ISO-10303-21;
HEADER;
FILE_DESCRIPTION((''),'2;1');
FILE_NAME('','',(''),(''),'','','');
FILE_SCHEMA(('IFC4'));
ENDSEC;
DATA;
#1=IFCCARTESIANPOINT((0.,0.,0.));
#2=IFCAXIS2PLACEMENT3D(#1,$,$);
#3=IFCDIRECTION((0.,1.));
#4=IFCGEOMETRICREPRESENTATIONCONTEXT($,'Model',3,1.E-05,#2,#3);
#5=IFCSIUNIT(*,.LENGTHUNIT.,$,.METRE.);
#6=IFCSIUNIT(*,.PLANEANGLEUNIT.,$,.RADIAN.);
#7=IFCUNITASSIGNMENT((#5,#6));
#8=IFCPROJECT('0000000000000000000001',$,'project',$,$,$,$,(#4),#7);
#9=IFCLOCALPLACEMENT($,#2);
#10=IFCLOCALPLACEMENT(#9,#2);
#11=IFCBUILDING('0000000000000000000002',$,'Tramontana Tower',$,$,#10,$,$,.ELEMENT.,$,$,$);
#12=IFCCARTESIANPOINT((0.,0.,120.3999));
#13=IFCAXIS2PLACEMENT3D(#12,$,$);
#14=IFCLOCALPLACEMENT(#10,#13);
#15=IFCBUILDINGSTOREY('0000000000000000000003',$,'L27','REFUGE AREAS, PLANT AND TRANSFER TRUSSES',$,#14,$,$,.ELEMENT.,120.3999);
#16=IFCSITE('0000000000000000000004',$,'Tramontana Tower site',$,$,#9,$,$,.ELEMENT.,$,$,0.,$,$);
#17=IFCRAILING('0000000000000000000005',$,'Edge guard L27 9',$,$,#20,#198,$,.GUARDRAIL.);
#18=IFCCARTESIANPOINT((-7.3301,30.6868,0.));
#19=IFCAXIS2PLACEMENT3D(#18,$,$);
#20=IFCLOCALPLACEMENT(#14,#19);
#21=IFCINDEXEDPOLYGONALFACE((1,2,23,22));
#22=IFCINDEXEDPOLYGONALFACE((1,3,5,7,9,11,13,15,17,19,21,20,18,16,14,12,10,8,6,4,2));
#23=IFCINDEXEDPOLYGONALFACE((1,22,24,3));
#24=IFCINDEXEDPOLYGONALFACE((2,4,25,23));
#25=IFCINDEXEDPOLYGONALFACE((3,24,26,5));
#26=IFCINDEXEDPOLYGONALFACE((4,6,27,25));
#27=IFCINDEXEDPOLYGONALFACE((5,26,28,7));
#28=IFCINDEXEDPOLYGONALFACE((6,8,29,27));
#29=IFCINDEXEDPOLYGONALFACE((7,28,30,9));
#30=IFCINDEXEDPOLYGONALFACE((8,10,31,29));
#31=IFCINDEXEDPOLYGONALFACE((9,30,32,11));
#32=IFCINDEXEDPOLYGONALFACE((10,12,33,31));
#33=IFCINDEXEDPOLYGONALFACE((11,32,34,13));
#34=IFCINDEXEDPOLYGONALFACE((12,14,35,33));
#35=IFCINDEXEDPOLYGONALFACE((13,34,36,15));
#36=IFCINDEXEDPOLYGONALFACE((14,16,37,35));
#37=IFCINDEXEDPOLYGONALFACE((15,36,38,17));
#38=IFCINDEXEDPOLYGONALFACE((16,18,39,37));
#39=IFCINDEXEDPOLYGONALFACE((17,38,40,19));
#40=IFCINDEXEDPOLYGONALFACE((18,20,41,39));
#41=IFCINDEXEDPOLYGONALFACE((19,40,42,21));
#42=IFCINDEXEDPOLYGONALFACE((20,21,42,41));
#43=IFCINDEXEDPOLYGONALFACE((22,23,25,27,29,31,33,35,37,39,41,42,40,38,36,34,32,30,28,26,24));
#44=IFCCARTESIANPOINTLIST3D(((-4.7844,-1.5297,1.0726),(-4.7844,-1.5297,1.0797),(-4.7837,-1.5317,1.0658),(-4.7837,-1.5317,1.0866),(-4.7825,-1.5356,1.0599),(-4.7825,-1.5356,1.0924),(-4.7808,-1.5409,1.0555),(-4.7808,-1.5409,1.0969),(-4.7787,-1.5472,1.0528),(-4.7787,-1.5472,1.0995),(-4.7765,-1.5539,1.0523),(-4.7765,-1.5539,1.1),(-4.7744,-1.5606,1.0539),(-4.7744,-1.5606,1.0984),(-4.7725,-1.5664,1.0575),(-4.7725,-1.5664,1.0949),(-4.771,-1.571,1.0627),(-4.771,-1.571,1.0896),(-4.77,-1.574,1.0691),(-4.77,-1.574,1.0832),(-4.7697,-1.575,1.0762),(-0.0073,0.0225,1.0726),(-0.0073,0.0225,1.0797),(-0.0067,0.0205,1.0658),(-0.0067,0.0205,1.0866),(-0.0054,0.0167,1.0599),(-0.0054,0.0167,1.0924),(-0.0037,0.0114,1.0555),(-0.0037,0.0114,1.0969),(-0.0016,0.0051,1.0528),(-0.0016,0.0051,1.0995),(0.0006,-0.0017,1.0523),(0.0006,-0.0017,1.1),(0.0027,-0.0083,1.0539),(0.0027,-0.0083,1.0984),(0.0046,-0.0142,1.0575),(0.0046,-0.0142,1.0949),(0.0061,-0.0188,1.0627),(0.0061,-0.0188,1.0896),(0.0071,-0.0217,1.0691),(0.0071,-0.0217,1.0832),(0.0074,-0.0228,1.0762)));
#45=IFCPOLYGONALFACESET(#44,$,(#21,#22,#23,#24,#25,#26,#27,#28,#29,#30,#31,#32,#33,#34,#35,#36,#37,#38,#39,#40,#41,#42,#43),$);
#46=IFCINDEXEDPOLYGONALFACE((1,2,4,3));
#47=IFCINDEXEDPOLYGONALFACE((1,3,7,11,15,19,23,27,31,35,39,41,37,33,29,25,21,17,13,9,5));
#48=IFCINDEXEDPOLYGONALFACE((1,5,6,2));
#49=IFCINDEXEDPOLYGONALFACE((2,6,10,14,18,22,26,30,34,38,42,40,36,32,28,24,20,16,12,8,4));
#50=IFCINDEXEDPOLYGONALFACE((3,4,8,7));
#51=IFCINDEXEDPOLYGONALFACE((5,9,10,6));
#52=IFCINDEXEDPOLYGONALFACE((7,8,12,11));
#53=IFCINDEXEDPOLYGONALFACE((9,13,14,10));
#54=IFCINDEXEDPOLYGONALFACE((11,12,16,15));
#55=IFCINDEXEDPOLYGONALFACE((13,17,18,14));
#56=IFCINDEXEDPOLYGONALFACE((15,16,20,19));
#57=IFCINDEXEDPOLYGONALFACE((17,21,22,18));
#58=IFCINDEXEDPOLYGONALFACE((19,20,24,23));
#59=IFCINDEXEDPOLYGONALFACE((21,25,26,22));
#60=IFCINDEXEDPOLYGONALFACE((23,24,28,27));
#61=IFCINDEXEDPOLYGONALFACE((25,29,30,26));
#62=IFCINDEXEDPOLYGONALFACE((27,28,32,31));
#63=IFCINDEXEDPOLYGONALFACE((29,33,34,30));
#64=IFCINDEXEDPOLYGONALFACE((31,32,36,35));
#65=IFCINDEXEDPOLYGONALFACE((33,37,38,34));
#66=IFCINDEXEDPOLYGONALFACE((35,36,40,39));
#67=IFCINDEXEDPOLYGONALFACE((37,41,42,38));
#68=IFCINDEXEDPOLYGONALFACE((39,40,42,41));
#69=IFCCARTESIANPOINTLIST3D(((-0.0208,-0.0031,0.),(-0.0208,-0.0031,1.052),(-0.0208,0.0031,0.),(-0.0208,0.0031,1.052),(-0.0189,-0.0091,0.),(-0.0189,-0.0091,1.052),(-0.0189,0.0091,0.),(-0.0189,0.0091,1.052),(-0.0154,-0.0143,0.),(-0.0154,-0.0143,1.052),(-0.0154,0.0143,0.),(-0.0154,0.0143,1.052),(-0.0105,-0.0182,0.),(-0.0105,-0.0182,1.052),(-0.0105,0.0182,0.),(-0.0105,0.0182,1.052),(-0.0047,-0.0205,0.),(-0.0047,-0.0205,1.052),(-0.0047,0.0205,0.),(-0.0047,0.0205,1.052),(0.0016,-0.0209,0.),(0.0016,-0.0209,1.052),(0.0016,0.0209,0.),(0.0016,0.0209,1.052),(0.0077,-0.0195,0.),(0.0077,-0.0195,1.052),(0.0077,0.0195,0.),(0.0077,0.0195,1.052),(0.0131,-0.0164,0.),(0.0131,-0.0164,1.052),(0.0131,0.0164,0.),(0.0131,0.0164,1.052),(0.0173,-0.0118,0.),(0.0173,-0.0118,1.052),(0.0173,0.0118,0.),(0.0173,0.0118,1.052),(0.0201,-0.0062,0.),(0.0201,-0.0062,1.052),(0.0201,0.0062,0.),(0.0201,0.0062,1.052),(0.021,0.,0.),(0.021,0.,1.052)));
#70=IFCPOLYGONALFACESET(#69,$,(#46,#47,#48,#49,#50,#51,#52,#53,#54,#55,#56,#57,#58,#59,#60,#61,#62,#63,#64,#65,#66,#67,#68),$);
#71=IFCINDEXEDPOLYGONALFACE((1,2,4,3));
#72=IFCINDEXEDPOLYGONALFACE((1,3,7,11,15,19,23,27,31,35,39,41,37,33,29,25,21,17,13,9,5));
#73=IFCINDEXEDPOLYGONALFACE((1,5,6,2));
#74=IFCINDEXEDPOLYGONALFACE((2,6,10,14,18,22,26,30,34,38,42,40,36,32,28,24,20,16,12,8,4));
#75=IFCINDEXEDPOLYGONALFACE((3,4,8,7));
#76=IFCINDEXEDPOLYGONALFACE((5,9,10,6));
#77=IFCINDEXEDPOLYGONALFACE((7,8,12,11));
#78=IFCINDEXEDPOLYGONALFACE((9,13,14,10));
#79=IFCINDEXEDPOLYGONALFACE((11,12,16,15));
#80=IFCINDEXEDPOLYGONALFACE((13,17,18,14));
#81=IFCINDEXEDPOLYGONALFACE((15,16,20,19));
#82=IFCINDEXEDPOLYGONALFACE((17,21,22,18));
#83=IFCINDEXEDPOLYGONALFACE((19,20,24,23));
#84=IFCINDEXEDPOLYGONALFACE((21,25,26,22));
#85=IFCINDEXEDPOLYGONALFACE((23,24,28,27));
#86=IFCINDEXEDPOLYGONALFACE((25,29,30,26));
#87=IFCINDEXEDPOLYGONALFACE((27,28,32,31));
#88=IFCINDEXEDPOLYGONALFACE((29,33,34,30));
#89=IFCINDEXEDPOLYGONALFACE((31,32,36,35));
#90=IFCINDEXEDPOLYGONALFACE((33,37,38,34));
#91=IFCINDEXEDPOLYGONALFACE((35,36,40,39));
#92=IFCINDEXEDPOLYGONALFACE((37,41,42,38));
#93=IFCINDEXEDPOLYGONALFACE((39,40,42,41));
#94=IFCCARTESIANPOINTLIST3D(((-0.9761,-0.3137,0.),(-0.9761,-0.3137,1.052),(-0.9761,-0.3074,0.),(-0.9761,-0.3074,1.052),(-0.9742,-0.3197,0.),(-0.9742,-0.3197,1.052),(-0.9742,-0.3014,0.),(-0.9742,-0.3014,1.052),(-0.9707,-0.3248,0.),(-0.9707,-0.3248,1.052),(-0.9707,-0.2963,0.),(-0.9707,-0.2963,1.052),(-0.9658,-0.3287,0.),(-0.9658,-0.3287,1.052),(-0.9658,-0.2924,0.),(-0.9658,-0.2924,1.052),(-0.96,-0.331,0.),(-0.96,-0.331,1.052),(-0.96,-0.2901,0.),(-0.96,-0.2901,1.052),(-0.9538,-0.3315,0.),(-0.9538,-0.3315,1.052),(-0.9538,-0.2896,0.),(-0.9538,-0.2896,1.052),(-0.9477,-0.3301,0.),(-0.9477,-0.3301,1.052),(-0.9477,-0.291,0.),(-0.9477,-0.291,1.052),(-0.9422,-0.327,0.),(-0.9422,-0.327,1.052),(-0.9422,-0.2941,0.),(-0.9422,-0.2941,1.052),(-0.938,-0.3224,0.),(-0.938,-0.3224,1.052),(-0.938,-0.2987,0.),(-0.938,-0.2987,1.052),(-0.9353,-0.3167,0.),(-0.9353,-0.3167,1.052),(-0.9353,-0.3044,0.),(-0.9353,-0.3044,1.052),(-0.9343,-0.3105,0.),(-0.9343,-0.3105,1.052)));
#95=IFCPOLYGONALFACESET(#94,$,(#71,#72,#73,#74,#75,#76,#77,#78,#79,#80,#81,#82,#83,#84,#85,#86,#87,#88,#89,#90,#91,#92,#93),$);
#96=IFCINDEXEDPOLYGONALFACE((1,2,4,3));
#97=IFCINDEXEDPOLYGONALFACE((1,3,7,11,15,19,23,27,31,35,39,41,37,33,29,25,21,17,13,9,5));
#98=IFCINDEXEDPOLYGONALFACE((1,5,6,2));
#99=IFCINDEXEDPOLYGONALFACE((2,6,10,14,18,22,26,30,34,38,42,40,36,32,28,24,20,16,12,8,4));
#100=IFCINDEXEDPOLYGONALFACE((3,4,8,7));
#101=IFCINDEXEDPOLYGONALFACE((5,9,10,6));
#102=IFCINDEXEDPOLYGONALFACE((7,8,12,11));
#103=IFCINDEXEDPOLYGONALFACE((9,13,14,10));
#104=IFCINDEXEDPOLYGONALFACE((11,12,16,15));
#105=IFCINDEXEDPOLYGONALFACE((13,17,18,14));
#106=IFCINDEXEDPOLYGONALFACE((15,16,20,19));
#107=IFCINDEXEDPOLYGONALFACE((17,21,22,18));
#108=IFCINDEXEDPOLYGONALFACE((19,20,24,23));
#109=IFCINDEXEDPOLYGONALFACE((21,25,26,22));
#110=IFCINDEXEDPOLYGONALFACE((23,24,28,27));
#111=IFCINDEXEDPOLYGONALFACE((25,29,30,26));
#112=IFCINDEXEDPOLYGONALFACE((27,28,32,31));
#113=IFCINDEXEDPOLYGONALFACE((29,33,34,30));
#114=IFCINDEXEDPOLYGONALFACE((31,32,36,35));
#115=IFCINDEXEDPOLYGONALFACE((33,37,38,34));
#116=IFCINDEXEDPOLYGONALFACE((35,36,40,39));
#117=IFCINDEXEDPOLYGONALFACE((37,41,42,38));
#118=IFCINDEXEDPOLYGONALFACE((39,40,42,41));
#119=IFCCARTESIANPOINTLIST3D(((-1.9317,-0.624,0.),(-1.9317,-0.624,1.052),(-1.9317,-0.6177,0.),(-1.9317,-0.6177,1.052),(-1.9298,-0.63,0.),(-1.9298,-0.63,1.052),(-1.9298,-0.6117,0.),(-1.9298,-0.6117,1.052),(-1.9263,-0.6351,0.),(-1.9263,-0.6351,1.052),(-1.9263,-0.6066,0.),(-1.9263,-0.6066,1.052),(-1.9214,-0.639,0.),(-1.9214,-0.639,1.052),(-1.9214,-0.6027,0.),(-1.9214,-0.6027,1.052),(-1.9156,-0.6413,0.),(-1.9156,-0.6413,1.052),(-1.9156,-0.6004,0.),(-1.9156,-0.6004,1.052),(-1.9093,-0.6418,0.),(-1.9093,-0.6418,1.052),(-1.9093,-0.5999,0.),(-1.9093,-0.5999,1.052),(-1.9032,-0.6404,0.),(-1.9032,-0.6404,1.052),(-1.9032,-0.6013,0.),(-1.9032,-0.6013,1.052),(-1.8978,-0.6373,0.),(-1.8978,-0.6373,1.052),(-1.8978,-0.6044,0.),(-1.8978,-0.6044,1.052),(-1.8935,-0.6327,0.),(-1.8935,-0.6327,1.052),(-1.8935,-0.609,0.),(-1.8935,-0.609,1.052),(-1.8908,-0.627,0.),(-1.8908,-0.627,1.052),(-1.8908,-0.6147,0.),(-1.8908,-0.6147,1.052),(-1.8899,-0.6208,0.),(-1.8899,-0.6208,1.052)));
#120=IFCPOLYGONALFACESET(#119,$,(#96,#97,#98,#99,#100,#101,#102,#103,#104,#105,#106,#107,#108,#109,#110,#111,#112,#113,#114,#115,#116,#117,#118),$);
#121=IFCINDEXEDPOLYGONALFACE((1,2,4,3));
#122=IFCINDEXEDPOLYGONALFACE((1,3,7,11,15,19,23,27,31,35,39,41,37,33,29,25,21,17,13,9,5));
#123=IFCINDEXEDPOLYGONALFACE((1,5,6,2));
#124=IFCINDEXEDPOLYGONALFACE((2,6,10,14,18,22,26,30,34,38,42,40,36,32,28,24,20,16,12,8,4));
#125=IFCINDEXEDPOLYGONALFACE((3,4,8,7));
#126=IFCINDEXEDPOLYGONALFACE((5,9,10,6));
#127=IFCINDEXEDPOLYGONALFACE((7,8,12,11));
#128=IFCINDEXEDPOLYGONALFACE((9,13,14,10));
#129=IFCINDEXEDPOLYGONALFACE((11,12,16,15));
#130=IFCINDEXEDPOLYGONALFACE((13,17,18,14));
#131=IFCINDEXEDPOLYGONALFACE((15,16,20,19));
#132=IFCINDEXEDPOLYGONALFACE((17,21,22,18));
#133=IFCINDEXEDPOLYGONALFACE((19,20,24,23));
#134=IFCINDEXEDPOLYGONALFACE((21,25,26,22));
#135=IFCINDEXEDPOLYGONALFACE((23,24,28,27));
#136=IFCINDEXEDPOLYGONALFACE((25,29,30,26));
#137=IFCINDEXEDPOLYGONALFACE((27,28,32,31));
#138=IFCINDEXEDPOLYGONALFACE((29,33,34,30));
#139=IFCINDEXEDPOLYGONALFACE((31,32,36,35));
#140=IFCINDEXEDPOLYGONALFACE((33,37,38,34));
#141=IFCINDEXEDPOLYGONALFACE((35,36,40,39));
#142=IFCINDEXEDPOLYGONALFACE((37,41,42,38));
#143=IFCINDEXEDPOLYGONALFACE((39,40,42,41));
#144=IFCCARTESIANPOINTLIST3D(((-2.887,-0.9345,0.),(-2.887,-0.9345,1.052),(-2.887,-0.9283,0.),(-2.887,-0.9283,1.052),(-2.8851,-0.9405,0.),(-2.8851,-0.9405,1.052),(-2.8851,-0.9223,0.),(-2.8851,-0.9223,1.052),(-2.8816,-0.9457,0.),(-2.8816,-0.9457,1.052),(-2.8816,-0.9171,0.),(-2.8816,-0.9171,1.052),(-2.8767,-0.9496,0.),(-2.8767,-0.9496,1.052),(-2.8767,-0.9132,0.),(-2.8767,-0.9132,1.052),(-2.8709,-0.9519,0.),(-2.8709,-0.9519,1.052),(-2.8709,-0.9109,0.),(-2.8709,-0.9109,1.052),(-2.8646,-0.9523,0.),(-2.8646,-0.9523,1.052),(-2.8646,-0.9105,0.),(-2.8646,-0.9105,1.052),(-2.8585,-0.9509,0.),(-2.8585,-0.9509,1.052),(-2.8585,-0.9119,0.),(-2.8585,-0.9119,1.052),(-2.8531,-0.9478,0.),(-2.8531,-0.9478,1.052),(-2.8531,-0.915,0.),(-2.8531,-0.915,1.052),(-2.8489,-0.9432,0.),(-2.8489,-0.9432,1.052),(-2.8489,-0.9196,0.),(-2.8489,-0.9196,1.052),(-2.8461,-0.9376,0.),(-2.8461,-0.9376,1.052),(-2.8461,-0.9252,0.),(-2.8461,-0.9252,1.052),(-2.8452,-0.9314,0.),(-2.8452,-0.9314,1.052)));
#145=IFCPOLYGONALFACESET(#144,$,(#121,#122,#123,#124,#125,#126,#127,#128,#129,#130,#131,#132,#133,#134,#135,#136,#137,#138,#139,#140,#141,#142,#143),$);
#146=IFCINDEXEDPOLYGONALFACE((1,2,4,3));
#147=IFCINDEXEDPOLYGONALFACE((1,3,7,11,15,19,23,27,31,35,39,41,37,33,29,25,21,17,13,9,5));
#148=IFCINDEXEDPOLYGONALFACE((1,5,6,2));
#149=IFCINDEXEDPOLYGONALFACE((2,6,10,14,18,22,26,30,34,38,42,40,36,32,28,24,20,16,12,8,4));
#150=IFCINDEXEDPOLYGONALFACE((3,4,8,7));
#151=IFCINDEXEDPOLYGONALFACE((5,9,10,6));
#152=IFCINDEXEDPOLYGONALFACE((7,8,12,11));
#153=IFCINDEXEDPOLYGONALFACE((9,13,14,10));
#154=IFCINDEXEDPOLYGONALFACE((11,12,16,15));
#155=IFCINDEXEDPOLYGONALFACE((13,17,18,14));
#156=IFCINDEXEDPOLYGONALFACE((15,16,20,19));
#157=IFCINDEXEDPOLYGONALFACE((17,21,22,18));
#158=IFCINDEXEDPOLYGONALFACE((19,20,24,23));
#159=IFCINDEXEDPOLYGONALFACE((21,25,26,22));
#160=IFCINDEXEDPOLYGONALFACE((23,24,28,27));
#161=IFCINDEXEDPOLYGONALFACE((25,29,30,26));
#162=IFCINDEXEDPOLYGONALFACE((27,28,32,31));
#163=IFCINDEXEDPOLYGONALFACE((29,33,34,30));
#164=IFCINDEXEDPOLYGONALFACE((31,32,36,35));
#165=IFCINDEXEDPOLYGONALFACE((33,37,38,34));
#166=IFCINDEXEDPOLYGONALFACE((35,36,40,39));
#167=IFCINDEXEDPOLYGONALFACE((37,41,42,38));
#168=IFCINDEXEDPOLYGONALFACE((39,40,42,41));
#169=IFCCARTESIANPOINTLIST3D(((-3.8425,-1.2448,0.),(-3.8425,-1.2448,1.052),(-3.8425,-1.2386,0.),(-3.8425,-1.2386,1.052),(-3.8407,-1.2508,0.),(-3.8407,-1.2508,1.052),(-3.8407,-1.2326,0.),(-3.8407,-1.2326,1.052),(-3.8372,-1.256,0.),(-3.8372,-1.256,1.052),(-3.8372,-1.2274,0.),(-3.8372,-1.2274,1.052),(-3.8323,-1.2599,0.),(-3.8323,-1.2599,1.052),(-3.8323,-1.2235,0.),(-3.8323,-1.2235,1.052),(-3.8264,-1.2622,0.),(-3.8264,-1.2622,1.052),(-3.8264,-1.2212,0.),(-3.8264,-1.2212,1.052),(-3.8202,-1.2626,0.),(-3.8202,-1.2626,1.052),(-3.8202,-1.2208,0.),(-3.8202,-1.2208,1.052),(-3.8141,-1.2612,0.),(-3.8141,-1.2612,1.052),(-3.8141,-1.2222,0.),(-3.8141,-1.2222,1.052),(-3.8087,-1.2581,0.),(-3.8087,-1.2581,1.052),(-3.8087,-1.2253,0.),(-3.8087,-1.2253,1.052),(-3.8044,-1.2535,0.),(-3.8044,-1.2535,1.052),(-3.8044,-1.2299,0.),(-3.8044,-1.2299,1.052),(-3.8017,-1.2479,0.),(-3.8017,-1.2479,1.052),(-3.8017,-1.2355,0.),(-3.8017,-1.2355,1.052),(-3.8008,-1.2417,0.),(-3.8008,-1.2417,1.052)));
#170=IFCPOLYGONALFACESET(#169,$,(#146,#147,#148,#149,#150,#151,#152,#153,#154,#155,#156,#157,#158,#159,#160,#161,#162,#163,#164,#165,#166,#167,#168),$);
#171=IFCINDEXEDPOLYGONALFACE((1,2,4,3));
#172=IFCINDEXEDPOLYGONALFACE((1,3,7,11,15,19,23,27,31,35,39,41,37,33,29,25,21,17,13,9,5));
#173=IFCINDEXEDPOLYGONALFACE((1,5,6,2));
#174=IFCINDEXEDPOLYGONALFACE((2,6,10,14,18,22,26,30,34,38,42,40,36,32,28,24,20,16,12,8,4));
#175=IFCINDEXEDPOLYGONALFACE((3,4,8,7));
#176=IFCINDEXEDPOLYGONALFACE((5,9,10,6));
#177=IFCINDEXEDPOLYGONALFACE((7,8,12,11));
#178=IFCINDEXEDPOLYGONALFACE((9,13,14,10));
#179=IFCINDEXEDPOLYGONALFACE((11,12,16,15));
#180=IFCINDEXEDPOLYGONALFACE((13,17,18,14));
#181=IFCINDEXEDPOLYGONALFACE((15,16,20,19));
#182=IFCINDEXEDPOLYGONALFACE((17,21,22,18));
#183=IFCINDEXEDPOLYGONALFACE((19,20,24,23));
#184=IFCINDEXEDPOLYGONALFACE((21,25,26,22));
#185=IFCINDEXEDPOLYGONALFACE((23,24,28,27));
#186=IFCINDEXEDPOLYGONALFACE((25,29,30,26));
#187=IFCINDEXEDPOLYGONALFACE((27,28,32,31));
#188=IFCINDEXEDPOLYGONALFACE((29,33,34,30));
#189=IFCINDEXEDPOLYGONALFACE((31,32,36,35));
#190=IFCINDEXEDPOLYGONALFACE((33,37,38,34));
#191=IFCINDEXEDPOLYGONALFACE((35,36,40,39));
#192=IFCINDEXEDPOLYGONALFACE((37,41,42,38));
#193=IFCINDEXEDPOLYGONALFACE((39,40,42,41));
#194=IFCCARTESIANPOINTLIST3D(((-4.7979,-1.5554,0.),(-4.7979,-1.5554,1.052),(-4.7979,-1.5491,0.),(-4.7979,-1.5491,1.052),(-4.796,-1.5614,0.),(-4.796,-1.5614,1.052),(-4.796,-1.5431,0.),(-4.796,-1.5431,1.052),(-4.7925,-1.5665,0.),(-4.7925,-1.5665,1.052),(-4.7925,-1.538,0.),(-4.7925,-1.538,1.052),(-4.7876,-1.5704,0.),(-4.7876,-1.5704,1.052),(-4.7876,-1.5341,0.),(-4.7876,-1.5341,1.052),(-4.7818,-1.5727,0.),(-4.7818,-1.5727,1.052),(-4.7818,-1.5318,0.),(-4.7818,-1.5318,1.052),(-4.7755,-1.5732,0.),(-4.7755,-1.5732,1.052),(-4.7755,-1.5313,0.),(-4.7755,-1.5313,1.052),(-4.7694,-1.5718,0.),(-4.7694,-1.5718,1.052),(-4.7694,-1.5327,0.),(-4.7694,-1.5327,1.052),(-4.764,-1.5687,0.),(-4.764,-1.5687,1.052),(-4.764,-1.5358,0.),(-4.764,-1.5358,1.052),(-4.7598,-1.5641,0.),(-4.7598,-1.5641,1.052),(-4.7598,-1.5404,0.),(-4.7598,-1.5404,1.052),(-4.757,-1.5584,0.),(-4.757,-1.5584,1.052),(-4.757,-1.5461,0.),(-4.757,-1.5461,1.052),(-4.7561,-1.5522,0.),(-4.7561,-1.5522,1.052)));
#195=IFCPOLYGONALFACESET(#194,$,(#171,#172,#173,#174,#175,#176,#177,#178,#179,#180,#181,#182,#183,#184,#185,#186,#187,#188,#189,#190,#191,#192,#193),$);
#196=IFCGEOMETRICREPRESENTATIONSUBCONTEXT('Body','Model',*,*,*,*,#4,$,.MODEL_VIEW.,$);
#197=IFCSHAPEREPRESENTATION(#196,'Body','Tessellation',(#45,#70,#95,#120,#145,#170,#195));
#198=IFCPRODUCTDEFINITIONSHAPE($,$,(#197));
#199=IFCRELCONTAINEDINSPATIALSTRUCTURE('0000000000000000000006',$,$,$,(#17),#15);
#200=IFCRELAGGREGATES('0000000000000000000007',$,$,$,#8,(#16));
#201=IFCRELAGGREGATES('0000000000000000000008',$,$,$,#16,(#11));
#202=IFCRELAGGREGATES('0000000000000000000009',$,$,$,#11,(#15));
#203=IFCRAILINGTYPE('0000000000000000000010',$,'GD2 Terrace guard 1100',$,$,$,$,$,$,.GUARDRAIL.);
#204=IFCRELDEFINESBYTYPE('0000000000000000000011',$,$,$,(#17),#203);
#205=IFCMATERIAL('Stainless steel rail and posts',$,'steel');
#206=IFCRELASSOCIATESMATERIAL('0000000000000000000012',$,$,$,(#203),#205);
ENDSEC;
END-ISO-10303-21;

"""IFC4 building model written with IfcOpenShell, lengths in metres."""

from ifc_helpers import new_model, si_unit, direction, frame, origin, origin_2d, place, context, subcontext, project, spatial, circle, extrude, material, type_object, element, save


model = new_model("IFC4")

# Units and contexts
model_context = context("Model", 3, precision=1e-05, world=origin(), true_north=direction((0.0, 1.0)))
body_context = subcontext(model_context, "Body", "Model", "MODEL_VIEW")
ifc_project = project(units=[si_unit("LENGTHUNIT", "METRE"), si_unit("PLANEANGLEUNIT", "RADIAN")], contexts=[model_context])

# Site, building, storey
site_placement = place(None, origin())
site = spatial("IfcSite", under=ifc_project, at=site_placement, Name="Tramontana Tower site", CompositionType="ELEMENT", RefElevation=0.0)
building_placement = place(site_placement, origin())
building = spatial("IfcBuilding", under=site, at=building_placement, Name="Tramontana Tower", CompositionType="ELEMENT")
storey_placement = place(building_placement, frame((0.0, 0.0, 120.3999)))
storey = spatial("IfcBuildingStorey", under=building, at=storey_placement, Name="L27", Description="REFUGE AREAS, PLANT AND TRANSFER TRUSSES", CompositionType="ELEMENT", Elevation=120.3999)

# Railing
ifc_material_1 = material(Name="Stainless steel rail and posts", Category="steel")
railing_type = type_object("IfcRailingType", Name="GD2 Terrace guard 1100", PredefinedType="GUARDRAIL", material=ifc_material_1)
railing_1_placement = place(storey_placement, frame((-7.3301, 30.6868, 0.0)))
element("IfcRailing", 1, at=railing_1_placement, inside=storey, type_object=railing_type, Name="Edge guard L27 9", PredefinedType="GUARDRAIL", context=body_context, shape_type="SweptSolid", body=[
    extrude(circle(Radius=0.0239, at=origin_2d()), frame((0.0, 0.0, 1.0762), z_axis=(-0.951052, -0.30903, 0.0), x_axis=(0.30903, -0.951052, 0.0)), (0.0, 0.0, 1.0), 5.0229),
    extrude(circle(Radius=0.021, at=origin_2d()), origin(), (0.0, 0.0, 1.0), 1.052),
    extrude(circle(Radius=0.021, at=origin_2d()), frame((-0.9553, -0.3105, 0.0)), (0.0, 0.0, 1.0), 1.052),
    extrude(circle(Radius=0.021, at=origin_2d()), frame((-1.9109, -0.6208, 0.0)), (0.0, 0.0, 1.0), 1.052),
    extrude(circle(Radius=0.021, at=origin_2d()), frame((-2.8662, -0.9314, 0.0)), (0.0, 0.0, 1.0), 1.052),
    extrude(circle(Radius=0.021, at=origin_2d()), frame((-3.8218, -1.2417, 0.0)), (0.0, 0.0, 1.0), 1.052),
    extrude(circle(Radius=0.021, at=origin_2d()), frame((-4.7771, -1.5522, 0.0)), (0.0, 0.0, 1.0), 1.052),
])

save(model, "model.ifc")
